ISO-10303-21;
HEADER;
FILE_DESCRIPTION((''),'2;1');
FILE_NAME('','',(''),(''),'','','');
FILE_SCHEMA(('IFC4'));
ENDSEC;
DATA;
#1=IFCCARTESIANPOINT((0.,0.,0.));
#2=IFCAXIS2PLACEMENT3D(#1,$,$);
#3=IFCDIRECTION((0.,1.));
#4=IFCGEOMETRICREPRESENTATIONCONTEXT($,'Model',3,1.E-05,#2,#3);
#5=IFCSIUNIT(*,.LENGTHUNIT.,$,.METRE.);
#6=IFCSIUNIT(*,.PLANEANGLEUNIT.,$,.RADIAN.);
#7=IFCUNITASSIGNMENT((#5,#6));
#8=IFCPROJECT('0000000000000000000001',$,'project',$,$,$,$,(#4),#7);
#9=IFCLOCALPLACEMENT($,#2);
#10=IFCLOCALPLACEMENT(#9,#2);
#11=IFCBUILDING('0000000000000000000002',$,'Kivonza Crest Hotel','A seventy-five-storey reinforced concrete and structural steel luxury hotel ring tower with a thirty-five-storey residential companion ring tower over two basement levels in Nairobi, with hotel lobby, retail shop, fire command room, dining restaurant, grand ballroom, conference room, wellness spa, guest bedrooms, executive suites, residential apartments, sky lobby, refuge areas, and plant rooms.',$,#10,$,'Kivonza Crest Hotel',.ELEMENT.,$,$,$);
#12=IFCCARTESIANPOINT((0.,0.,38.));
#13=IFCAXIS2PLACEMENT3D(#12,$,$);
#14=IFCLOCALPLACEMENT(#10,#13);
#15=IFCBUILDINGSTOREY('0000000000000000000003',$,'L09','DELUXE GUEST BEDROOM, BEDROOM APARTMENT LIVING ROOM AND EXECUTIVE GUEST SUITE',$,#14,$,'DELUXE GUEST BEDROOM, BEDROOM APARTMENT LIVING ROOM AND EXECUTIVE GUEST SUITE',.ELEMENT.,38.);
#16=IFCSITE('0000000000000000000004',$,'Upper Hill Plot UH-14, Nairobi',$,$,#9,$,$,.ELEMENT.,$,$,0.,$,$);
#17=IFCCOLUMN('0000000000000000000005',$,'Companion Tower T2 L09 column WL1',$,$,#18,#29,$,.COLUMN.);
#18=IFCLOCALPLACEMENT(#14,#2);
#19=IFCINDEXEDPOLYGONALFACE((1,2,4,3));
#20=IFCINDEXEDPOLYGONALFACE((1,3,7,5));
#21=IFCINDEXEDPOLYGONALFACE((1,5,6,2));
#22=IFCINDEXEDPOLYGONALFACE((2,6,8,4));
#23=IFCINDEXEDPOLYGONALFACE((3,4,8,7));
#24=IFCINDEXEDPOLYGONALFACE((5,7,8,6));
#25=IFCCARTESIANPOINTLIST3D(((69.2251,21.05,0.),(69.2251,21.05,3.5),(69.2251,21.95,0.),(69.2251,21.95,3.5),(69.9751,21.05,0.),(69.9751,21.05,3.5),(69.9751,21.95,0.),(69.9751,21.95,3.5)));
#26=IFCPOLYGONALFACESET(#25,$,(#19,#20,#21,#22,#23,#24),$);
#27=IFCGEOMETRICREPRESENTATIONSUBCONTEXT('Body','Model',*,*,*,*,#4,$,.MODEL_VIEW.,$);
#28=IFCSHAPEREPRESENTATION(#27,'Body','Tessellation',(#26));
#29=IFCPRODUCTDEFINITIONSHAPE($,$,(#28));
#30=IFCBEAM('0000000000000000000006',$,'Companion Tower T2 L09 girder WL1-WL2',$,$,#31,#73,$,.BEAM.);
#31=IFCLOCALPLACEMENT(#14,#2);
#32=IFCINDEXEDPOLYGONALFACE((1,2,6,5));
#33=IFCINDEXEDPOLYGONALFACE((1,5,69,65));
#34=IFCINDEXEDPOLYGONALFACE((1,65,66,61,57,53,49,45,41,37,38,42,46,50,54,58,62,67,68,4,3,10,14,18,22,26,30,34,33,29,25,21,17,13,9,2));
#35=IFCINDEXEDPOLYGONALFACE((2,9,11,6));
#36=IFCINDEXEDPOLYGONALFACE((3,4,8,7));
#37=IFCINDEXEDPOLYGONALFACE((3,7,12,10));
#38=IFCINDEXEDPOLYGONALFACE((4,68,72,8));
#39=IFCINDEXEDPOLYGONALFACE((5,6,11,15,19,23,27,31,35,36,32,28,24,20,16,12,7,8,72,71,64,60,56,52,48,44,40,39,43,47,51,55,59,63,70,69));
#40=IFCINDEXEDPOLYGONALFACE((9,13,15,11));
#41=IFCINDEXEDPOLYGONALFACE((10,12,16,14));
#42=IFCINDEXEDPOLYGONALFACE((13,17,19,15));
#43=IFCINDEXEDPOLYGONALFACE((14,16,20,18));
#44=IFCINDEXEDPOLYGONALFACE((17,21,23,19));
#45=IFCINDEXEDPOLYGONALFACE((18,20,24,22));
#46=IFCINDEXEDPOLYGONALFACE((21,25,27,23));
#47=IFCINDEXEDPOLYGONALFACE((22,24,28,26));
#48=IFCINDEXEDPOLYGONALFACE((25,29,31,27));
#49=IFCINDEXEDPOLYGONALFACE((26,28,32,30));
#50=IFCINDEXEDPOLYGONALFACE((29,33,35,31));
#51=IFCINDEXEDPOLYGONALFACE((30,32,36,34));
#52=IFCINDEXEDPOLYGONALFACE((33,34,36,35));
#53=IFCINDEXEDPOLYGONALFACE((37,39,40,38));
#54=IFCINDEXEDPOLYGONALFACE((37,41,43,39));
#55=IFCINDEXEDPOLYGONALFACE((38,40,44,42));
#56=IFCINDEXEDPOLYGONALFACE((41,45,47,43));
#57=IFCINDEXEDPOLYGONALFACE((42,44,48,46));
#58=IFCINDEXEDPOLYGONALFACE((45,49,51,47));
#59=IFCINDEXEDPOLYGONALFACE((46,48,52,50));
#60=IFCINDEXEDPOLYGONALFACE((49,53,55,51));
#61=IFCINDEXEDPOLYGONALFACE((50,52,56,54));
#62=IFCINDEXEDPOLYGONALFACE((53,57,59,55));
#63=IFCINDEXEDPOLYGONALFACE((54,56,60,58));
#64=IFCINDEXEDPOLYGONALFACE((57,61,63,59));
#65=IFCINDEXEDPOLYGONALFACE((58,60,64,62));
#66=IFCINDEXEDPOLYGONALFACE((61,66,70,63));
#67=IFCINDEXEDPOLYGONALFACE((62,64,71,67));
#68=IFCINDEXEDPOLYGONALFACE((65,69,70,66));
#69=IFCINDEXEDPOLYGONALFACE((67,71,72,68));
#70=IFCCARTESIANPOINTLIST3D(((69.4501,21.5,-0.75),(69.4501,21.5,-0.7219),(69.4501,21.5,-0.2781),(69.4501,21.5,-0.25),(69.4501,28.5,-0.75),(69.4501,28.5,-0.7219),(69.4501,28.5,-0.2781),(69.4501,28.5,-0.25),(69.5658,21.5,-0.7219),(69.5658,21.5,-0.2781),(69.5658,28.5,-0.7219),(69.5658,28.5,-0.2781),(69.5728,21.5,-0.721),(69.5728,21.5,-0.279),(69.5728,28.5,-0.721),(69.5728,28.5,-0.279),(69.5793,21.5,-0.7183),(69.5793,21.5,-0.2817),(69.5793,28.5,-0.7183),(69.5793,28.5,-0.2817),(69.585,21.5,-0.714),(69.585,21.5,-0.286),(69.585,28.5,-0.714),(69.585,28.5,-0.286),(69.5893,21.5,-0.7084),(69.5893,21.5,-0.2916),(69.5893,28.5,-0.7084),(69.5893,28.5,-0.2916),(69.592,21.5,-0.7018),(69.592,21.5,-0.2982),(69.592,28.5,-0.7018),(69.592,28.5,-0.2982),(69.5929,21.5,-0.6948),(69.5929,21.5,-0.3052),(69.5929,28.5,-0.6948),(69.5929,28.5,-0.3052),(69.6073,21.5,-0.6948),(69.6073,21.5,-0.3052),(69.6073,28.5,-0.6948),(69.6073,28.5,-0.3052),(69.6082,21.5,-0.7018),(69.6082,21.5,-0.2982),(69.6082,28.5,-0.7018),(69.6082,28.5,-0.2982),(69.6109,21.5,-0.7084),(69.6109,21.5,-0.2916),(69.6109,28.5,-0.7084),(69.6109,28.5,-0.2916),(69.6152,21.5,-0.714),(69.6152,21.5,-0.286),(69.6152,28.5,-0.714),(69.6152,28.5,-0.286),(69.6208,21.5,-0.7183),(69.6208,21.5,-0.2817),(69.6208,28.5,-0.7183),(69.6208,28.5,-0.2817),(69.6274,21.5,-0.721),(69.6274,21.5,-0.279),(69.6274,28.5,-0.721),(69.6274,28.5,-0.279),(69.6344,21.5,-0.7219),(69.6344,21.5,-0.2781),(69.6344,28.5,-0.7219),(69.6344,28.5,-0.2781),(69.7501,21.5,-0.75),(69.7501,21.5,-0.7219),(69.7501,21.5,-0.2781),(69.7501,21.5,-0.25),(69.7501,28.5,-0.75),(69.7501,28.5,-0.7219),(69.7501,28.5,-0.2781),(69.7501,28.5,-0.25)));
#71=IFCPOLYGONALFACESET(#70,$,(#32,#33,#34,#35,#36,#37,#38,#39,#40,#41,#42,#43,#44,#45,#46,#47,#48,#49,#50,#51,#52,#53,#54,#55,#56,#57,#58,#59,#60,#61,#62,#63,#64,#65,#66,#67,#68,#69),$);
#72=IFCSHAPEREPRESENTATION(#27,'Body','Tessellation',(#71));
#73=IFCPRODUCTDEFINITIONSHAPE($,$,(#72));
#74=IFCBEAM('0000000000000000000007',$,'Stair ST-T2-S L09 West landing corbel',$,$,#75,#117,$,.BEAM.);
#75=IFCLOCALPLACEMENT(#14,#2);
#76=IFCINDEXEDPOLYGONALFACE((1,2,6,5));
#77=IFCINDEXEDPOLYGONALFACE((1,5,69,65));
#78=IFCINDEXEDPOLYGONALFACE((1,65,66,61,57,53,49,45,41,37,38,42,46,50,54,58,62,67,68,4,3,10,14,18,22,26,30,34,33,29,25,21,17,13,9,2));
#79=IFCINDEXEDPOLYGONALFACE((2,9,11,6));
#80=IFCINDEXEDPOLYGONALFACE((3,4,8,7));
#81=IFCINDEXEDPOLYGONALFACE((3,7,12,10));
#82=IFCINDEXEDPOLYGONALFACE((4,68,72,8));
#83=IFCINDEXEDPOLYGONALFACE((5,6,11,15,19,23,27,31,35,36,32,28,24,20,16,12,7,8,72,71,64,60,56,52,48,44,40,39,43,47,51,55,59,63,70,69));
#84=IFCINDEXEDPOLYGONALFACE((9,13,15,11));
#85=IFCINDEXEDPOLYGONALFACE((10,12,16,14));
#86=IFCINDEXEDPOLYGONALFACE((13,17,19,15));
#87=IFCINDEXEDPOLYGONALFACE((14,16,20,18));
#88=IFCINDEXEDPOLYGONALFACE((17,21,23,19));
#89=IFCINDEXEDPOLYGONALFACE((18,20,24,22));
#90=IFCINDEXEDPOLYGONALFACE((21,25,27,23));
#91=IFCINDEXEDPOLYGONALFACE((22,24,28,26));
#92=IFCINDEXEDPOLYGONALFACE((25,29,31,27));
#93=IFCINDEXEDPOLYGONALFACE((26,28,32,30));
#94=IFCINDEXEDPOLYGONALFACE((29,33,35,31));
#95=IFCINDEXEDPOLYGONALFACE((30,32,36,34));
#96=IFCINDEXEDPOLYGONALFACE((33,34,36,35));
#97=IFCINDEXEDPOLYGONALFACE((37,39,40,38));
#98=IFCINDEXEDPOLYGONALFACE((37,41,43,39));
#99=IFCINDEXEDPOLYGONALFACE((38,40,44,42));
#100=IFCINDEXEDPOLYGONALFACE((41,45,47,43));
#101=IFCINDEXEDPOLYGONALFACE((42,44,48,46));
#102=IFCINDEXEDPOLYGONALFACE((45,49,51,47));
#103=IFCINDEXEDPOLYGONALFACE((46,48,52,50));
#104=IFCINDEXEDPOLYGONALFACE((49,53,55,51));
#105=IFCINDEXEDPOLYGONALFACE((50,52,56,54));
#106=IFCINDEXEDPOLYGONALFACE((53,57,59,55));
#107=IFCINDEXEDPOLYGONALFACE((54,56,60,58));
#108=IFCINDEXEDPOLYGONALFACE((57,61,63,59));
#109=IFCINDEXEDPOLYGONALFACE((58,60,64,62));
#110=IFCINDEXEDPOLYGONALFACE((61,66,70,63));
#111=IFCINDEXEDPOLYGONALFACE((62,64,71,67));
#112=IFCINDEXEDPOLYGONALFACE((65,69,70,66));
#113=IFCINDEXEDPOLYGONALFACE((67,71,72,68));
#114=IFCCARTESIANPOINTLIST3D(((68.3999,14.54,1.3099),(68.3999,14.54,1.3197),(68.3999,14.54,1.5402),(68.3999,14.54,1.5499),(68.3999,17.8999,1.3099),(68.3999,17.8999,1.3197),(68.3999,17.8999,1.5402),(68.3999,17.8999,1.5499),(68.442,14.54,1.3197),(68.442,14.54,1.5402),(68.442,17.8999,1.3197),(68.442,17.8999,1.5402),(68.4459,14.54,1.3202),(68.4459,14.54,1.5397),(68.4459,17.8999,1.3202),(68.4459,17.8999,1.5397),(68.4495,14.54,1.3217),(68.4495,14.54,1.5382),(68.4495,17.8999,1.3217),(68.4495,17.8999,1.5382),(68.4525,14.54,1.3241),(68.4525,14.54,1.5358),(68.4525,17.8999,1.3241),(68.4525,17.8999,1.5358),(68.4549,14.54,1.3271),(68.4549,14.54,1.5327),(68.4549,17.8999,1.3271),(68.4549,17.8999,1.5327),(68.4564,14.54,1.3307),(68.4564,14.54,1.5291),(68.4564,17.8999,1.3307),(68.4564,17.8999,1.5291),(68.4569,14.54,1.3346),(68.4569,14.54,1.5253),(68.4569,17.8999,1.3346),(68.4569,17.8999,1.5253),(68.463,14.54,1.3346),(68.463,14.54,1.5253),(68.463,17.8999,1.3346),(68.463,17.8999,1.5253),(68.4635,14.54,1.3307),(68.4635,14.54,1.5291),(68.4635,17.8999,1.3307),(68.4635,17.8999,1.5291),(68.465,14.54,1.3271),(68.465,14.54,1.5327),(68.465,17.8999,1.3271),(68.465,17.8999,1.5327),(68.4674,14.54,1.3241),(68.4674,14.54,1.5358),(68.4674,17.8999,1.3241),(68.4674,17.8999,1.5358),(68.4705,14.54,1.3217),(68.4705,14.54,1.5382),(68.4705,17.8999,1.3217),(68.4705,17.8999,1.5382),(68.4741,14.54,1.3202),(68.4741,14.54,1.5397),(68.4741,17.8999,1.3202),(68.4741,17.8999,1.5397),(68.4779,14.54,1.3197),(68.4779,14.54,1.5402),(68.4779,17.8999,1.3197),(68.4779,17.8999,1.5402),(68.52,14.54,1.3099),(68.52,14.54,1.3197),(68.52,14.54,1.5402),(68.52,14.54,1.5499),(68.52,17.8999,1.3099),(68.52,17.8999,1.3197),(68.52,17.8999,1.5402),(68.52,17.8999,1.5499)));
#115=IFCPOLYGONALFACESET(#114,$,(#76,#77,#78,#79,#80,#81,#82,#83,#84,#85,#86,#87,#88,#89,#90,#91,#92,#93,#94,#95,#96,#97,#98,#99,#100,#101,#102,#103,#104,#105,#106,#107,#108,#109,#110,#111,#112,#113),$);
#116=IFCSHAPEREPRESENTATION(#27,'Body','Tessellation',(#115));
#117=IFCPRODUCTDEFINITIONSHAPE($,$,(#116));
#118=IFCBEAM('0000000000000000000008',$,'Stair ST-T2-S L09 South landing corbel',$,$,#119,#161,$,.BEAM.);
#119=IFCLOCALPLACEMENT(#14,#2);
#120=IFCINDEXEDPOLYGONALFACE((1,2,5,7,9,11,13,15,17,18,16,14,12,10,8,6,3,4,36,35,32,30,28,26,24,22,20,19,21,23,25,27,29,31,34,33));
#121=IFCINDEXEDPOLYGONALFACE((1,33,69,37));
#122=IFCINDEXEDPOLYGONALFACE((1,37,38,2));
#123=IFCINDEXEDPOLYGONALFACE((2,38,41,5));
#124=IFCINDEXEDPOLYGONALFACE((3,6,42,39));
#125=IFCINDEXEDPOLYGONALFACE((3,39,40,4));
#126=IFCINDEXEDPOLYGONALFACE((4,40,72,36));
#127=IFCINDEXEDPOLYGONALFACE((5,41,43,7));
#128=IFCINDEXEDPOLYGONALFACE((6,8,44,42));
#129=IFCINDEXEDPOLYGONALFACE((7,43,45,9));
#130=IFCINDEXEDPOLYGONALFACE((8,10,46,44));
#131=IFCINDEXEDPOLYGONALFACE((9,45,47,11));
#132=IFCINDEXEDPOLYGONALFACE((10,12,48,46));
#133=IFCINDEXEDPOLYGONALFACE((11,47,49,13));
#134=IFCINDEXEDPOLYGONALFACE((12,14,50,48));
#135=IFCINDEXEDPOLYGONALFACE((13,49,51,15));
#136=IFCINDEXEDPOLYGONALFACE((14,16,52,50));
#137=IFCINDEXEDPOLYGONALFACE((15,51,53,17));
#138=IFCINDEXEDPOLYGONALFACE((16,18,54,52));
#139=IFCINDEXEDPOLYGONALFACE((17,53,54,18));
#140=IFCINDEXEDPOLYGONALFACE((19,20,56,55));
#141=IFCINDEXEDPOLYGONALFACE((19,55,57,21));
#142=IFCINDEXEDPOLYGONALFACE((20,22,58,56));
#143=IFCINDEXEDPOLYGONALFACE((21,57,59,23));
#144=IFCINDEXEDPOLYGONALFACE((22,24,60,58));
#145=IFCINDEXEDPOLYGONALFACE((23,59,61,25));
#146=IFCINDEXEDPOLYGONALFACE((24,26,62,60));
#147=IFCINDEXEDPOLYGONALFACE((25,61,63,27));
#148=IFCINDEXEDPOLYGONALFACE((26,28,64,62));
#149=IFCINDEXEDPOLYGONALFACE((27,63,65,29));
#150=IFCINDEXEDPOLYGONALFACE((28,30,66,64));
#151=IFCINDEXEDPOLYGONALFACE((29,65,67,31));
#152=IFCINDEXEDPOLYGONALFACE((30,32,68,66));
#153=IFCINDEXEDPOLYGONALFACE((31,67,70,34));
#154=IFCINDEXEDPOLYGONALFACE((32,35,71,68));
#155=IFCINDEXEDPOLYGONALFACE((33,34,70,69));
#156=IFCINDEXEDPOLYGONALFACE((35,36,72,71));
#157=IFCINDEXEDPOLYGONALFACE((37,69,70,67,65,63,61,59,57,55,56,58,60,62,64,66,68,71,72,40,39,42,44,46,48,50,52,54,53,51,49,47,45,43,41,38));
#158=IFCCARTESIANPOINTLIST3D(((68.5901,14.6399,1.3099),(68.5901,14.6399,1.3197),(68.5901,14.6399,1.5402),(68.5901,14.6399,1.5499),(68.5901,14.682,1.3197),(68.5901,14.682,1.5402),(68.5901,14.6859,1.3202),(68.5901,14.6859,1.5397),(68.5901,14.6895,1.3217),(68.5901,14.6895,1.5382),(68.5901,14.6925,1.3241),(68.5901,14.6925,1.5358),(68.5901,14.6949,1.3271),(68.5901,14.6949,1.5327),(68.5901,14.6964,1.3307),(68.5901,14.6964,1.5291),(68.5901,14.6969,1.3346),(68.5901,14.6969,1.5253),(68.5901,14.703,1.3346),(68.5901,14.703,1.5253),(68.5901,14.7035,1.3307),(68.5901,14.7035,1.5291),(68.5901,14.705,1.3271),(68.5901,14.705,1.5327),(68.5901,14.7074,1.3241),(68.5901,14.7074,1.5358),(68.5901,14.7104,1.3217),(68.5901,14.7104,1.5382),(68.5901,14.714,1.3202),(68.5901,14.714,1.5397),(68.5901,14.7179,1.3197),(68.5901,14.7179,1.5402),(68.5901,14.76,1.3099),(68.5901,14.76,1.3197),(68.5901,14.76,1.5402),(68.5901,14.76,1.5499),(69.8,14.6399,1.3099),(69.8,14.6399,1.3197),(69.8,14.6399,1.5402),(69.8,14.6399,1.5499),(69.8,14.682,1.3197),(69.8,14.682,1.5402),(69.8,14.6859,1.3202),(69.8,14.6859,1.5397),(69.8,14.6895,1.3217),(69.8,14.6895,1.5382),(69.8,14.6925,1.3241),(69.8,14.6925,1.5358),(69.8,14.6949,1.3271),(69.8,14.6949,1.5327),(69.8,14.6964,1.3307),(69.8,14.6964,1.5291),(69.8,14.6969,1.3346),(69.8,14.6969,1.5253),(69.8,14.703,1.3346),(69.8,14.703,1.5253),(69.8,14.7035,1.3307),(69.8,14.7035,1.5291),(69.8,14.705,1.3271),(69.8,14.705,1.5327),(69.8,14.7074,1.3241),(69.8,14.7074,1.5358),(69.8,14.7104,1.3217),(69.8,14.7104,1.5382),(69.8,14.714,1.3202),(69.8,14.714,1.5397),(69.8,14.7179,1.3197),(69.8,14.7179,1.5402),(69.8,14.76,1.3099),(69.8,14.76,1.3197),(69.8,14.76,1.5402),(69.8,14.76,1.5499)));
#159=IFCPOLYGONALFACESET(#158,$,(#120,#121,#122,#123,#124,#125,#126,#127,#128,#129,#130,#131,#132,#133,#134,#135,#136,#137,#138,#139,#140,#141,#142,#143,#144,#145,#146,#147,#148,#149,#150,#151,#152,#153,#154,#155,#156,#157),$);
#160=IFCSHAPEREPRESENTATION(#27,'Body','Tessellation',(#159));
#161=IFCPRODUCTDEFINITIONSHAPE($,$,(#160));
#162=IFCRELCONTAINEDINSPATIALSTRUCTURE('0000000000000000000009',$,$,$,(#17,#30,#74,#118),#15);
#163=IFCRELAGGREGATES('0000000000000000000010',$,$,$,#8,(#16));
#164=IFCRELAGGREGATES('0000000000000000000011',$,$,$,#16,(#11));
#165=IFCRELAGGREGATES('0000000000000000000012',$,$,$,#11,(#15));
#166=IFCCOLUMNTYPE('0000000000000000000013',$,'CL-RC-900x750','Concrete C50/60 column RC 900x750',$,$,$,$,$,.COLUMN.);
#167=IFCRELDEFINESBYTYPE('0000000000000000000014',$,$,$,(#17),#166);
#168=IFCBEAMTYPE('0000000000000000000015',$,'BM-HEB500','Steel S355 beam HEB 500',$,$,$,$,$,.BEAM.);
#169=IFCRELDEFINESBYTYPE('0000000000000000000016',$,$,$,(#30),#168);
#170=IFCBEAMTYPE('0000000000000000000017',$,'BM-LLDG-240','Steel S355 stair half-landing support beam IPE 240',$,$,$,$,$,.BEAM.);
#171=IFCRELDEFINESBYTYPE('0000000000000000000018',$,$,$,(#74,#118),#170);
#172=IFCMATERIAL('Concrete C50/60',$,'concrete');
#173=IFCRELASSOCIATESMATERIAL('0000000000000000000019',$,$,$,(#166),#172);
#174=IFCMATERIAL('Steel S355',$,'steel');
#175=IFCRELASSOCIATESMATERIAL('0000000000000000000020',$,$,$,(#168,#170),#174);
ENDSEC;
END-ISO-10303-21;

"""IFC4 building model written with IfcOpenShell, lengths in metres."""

from ifc_helpers import new_model, si_unit, direction, frame, origin, origin_2d, place, context, subcontext, project, spatial, rectangle, i_section, extrude, material, material_profile, profile_set, type_object, element, save


model = new_model("IFC4")

# Units and contexts
model_context = context("Model", 3, precision=1e-05, world=origin(), true_north=direction((0.0, 1.0)))
body_context = subcontext(model_context, "Body", "Model", "MODEL_VIEW")
ifc_project = project(units=[si_unit("LENGTHUNIT", "METRE"), si_unit("PLANEANGLEUNIT", "RADIAN")], contexts=[model_context])

# Site, building, storey
site_placement = place(None, origin())
site = spatial("IfcSite", under=ifc_project, at=site_placement, Name="Upper Hill Plot UH-14, Nairobi", CompositionType="ELEMENT", RefElevation=0.0)
building_placement = place(site_placement, origin())
building = spatial("IfcBuilding", under=site, at=building_placement, Name="Kivonza Crest Hotel", Description="A seventy-five-storey reinforced concrete and structural steel luxury hotel ring tower with a thirty-five-storey residential companion ring tower over two basement levels in Nairobi, with hotel lobby, retail shop, fire command room, dining restaurant, grand ballroom, conference room, wellness spa, guest bedrooms, executive suites, residential apartments, sky lobby, refuge areas, and plant rooms.", LongName="Kivonza Crest Hotel", CompositionType="ELEMENT")
storey_placement = place(building_placement, frame((0.0, 0.0, 38.0)))
storey = spatial("IfcBuildingStorey", under=building, at=storey_placement, Name="L09", Description="DELUXE GUEST BEDROOM, BEDROOM APARTMENT LIVING ROOM AND EXECUTIVE GUEST SUITE", LongName="DELUXE GUEST BEDROOM, BEDROOM APARTMENT LIVING ROOM AND EXECUTIVE GUEST SUITE", CompositionType="ELEMENT", Elevation=38.0)

# Column
ifc_material_1 = material(Name="Concrete C50/60", Category="concrete")
ifc_material_profile_1 = material_profile(ifc_material_1, rectangle(XDim=0.75, YDim=0.8999, at=origin_2d()), Name="RC 900x750")
ifc_profile_set_1 = profile_set([ifc_material_profile_1], Name="Concrete C50/60")
column_type = type_object("IfcColumnType", Name="CL-RC-900x750", Description="Concrete C50/60 column RC 900x750", PredefinedType="COLUMN", material=ifc_profile_set_1)
column_placement = place(storey_placement, frame((69.6001, 21.5, 0.0), z_axis=(0.0, 0.0, 1.0), x_axis=(1.0, 0.0, 0.0)))
element("IfcColumn", 1, at=column_placement, inside=storey, type_object=column_type, Name="Companion Tower T2 L09 column WL1", PredefinedType="COLUMN", context=body_context, shape_type="SweptSolid", body=[
    extrude(rectangle(XDim=0.75, YDim=0.8999, at=origin_2d()), origin(), (0.0, 0.0, 1.0), 3.5),
])

# Beams
ifc_material_2 = material(Name="Steel S355", Category="steel")
ifc_material_profile_2 = material_profile(ifc_material_2, i_section(OverallWidth=0.3, OverallDepth=0.5, WebThickness=0.0144, FlangeThickness=0.0281, FilletRadius=0.0271, at=origin_2d()), Name="HEB 500")
ifc_profile_set_2 = profile_set([ifc_material_profile_2], Name="Steel S355")
beam_type_1 = type_object("IfcBeamType", Name="BM-HEB500", Description="Steel S355 beam HEB 500", PredefinedType="BEAM", material=ifc_profile_set_2)
beam_1_placement = place(storey_placement, frame((69.6001, 21.5, -0.5), z_axis=(0.0, 1.0, 0.0), x_axis=(-1.0, 0.0, 0.0)))
element("IfcBeam", 2, at=beam_1_placement, inside=storey, type_object=beam_type_1, Name="Companion Tower T2 L09 girder WL1-WL2", PredefinedType="BEAM", context=body_context, shape_type="SweptSolid", body=[
    extrude(i_section(OverallWidth=0.3, OverallDepth=0.5, WebThickness=0.0144, FlangeThickness=0.0281, FilletRadius=0.0271, at=origin_2d()), origin(), (0.0, 0.0, 1.0), 7.0),
])
ifc_material_profile_3 = material_profile(ifc_material_2, i_section(OverallWidth=0.1201, OverallDepth=0.24, WebThickness=0.0061, FlangeThickness=0.0098, FilletRadius=0.0149, at=origin_2d()), Name="IPE 240")
ifc_profile_set_3 = profile_set([ifc_material_profile_3], Name="Steel S355")
beam_type_2 = type_object("IfcBeamType", Name="BM-LLDG-240", Description="Steel S355 stair half-landing support beam IPE 240", PredefinedType="BEAM", material=ifc_profile_set_3)
beam_2_placement = place(storey_placement, frame((68.46, 14.54, 1.4299), z_axis=(0.0, 1.0, 0.0), x_axis=(-1.0, 0.0, 0.0)))
element("IfcBeam", 3, at=beam_2_placement, inside=storey, type_object=beam_type_2, Name="Stair ST-T2-S L09 West landing corbel", PredefinedType="BEAM", context=body_context, shape_type="SweptSolid", body=[
    extrude(i_section(OverallWidth=0.1201, OverallDepth=0.24, WebThickness=0.0061, FlangeThickness=0.0098, FilletRadius=0.0149, at=origin_2d()), origin(), (0.0, 0.0, 1.0), 3.3599),
])
for number, where, z_axis, x_axis, name in (
    (4, (68.5901, 14.7, 1.4299), (1.0, 0.0, 0.0), (0.0, 1.0, 0.0), "Stair ST-T2-S L09 South landing corbel"),
):
    element("IfcBeam", number, at=place(storey_placement, frame(where, z_axis=z_axis, x_axis=x_axis)), inside=storey, type_object=beam_type_2, Name=name, PredefinedType="BEAM", context=body_context, shape_type="SweptSolid", body=[
        extrude(i_section(OverallWidth=0.1201, OverallDepth=0.24, WebThickness=0.0061, FlangeThickness=0.0098, FilletRadius=0.0149, at=origin_2d()), origin(), (0.0, 0.0, 1.0), 1.21),
    ])

save(model, "model.ifc")
